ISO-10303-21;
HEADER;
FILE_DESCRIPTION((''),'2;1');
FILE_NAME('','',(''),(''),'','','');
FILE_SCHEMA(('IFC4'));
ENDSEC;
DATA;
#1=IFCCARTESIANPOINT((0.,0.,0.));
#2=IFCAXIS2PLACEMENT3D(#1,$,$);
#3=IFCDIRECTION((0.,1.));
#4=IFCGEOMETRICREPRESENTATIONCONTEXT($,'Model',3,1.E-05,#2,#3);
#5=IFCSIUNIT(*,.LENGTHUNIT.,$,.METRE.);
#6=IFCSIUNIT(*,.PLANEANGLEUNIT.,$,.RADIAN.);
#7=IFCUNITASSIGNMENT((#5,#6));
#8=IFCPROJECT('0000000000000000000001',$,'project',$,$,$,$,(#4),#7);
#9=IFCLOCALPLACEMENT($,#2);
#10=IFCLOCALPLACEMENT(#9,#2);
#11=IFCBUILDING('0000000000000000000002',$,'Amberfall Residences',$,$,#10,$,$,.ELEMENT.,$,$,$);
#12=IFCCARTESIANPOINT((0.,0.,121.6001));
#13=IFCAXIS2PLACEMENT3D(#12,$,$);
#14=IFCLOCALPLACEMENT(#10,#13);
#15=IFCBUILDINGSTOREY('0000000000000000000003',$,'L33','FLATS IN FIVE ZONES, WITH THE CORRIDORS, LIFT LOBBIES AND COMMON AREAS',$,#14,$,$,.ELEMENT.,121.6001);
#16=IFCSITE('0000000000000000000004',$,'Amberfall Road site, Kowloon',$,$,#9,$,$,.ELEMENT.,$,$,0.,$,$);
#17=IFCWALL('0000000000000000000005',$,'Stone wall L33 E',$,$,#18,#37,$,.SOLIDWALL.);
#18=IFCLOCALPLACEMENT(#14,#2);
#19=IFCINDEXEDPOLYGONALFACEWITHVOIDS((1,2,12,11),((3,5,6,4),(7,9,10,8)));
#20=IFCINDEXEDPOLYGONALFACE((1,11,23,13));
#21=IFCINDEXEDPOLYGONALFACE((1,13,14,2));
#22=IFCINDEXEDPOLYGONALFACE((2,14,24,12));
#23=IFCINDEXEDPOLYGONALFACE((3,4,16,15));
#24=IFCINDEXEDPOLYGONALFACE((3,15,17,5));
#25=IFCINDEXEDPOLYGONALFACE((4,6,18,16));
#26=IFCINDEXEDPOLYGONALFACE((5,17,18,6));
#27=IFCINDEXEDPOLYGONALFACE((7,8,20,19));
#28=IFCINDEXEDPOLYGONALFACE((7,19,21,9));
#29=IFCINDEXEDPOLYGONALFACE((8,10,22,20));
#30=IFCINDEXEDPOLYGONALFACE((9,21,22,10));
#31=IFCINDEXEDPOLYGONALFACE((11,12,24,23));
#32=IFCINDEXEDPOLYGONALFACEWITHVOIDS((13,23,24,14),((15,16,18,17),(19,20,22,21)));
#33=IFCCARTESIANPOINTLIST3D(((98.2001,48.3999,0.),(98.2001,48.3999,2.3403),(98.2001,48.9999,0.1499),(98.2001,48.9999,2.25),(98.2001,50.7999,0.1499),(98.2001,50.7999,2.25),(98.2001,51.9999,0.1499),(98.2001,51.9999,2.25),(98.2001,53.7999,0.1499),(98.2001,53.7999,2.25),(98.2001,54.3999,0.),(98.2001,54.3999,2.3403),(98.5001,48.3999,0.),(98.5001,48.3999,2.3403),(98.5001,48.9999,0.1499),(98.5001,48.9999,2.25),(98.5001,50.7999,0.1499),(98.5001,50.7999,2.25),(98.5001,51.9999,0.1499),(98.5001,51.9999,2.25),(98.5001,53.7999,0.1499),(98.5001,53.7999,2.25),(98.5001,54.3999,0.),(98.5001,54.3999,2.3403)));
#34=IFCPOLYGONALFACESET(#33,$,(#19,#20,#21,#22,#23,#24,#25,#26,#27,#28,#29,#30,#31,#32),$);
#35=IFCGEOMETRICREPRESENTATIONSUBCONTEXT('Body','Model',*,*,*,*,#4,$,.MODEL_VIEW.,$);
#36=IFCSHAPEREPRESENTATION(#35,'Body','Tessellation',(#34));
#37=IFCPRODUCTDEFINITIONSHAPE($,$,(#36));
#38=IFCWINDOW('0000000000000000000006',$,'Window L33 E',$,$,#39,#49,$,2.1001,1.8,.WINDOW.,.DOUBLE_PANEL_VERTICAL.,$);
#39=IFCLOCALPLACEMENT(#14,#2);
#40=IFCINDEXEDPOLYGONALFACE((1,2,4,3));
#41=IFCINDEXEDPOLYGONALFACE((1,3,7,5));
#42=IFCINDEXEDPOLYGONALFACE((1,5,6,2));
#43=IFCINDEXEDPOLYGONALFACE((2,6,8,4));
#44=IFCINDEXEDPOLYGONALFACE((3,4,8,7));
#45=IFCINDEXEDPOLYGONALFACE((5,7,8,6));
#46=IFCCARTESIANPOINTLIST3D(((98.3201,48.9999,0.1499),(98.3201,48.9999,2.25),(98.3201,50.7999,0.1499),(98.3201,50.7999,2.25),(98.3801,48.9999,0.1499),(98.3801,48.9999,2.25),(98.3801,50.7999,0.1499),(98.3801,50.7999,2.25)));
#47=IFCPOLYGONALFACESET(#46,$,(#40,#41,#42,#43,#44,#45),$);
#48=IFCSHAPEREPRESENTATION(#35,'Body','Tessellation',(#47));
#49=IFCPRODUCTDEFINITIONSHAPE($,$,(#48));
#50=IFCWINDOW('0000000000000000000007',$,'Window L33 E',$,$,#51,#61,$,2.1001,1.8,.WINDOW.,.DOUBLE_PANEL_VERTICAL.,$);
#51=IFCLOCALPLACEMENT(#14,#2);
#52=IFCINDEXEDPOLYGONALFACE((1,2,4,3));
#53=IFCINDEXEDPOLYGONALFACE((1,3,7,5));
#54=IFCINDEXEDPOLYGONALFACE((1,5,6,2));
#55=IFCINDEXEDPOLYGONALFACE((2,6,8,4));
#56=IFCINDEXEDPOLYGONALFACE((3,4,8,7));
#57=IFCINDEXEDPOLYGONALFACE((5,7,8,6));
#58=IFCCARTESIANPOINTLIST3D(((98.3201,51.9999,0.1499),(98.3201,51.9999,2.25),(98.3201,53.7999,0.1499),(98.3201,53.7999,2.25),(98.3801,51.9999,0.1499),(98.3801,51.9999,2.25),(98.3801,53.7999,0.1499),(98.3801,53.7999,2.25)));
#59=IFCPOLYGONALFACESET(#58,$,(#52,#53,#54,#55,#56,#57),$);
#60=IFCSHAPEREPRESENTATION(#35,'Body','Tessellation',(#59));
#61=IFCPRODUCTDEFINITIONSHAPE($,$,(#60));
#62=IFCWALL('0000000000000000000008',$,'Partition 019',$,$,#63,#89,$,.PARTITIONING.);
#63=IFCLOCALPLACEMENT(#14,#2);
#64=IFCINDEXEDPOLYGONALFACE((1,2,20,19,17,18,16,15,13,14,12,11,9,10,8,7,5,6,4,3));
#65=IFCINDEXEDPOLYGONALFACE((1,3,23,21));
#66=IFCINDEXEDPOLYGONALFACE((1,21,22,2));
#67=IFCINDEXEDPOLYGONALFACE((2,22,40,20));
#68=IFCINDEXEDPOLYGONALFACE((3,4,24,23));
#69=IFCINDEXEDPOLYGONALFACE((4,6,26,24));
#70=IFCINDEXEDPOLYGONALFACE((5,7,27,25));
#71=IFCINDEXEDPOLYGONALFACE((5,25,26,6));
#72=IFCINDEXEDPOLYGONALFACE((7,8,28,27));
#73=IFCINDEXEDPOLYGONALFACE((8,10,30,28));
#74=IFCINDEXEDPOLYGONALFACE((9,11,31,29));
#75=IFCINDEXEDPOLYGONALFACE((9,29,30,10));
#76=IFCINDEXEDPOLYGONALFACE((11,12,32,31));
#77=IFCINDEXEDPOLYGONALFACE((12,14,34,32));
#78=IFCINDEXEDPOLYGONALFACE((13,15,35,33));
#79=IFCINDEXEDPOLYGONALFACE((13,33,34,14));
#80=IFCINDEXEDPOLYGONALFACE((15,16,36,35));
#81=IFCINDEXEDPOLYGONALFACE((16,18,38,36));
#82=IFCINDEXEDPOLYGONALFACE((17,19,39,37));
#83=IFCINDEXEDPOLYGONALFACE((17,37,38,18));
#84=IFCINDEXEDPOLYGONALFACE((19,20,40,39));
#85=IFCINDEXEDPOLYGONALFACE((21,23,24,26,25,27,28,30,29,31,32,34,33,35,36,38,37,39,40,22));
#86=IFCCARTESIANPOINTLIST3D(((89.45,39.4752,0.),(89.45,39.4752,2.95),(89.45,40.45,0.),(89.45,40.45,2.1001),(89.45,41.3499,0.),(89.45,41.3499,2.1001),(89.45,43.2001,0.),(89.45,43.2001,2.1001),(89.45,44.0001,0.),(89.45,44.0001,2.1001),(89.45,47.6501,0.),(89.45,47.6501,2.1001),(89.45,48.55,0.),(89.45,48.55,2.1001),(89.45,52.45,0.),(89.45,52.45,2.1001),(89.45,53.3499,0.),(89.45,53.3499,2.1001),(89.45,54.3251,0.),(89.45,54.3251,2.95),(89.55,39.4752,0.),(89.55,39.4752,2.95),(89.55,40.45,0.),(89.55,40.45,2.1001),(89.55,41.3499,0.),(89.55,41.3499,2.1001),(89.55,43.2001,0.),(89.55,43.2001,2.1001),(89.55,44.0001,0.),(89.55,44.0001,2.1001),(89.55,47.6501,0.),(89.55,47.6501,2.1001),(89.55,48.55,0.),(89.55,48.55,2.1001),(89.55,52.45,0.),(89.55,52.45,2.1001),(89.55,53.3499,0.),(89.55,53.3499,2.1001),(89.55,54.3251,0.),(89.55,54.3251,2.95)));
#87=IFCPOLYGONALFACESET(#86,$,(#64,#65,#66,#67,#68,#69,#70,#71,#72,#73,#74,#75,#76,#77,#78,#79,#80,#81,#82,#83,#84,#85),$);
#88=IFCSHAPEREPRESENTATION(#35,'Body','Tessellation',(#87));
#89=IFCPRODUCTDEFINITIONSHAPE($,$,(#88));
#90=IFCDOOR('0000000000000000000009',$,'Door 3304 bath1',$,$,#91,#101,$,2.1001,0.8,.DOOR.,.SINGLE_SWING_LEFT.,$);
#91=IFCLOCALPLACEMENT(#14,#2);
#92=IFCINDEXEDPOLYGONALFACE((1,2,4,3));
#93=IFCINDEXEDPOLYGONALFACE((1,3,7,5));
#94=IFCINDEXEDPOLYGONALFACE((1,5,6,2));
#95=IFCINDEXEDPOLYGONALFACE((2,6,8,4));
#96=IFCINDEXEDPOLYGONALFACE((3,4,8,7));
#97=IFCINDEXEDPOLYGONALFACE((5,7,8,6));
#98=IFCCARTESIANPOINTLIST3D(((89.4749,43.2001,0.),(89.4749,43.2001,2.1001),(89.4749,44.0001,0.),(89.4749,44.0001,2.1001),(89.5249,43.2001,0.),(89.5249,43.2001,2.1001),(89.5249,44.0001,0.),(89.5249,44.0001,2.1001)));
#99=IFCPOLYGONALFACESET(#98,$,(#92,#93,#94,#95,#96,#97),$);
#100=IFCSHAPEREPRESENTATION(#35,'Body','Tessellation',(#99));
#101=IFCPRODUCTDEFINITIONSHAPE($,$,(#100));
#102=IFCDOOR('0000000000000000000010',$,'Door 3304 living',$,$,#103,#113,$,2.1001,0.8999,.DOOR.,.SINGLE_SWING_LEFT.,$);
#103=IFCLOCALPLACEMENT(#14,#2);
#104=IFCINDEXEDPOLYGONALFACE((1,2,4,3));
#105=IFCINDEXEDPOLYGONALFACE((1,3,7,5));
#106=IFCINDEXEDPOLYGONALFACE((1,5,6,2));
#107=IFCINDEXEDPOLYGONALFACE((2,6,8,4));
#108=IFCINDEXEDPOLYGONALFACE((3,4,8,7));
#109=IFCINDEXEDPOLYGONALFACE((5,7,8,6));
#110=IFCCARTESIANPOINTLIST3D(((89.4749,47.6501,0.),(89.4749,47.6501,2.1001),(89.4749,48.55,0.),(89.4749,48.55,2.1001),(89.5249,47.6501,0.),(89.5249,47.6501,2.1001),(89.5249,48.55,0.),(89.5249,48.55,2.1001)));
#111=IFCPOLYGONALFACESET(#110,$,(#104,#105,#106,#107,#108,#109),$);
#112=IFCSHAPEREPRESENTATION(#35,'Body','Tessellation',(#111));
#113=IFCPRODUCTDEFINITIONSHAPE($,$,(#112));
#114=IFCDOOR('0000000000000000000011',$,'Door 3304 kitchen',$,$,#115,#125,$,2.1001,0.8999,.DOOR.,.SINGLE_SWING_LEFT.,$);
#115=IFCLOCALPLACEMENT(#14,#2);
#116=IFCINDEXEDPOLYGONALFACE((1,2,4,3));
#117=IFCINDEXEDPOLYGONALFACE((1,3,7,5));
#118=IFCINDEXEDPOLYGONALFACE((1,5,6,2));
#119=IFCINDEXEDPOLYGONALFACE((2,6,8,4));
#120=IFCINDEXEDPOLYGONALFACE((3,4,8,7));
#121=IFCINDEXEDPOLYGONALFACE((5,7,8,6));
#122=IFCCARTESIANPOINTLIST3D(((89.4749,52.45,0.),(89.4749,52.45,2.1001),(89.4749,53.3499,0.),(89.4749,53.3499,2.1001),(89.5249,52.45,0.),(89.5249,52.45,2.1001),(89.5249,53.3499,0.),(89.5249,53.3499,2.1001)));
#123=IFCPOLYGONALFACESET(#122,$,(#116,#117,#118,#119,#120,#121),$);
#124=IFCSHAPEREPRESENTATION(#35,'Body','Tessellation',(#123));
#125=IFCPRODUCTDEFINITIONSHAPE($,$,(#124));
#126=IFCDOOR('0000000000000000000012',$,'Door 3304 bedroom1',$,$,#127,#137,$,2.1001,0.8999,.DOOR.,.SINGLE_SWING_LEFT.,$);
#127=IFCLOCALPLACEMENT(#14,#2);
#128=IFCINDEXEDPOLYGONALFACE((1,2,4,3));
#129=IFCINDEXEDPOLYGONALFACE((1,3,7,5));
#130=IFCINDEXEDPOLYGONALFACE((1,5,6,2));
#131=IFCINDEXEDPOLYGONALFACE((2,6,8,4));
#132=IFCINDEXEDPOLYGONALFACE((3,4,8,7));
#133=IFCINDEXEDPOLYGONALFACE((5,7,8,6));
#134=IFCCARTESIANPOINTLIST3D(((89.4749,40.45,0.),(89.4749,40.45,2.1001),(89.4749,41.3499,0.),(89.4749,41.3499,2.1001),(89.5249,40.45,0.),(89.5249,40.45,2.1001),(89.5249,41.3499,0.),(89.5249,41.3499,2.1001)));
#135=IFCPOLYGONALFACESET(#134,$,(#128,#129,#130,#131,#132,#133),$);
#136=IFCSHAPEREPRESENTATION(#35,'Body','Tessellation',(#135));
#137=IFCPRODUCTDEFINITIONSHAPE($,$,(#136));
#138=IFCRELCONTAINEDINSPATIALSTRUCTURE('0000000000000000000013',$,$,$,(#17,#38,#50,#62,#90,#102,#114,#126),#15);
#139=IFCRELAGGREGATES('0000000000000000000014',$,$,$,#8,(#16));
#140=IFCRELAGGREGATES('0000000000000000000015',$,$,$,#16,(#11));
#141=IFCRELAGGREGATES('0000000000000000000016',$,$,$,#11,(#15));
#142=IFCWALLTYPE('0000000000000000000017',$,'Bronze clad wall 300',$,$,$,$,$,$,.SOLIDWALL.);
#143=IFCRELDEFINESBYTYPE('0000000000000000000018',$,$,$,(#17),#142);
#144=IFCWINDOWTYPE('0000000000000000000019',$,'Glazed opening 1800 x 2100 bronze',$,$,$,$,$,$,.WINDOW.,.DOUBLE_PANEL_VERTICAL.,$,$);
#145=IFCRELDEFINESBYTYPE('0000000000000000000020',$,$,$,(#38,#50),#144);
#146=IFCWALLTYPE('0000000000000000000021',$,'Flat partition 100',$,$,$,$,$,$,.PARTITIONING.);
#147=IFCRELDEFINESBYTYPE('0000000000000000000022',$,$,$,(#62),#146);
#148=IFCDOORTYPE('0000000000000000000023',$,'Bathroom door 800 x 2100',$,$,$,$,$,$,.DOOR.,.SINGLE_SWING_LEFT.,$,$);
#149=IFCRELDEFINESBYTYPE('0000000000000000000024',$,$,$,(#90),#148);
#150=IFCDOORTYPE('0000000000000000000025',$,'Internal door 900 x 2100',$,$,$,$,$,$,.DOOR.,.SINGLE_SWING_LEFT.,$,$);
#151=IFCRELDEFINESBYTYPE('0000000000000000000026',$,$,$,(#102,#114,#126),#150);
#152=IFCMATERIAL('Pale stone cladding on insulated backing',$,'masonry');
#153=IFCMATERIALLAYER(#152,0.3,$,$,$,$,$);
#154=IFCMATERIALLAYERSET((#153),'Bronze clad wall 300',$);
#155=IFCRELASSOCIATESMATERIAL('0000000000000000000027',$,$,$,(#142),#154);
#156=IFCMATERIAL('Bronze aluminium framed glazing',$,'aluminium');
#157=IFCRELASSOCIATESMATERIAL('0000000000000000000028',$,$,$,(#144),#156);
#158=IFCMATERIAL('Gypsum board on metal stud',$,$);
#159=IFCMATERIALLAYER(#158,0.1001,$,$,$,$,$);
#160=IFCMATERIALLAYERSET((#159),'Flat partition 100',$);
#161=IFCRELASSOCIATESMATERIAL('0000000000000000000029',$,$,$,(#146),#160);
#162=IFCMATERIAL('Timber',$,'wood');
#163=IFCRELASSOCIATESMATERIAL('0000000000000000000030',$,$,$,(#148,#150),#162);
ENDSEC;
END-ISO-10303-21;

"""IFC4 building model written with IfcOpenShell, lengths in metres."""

from ifc_helpers import new_model, si_unit, direction, frame, frame_2d, origin, place, context, subcontext, project, spatial, rectangle, extrude, material, layer, layer_set, type_object, element, fill, save


model = new_model("IFC4")

# Units and contexts
model_context = context("Model", 3, precision=1e-05, world=origin(), true_north=direction((0.0, 1.0)))
body_context = subcontext(model_context, "Body", "Model", "MODEL_VIEW")
ifc_project = project(units=[si_unit("LENGTHUNIT", "METRE"), si_unit("PLANEANGLEUNIT", "RADIAN")], contexts=[model_context])

# Site, building, storey
site_placement = place(None, origin())
site = spatial("IfcSite", under=ifc_project, at=site_placement, Name="Amberfall Road site, Kowloon", CompositionType="ELEMENT", RefElevation=0.0)
building_placement = place(site_placement, origin())
building = spatial("IfcBuilding", under=site, at=building_placement, Name="Amberfall Residences", CompositionType="ELEMENT")
storey_placement = place(building_placement, frame((0.0, 0.0, 121.6001)))
storey = spatial("IfcBuildingStorey", under=building, at=storey_placement, Name="L33", Description="FLATS IN FIVE ZONES, WITH THE CORRIDORS, LIFT LOBBIES AND COMMON AREAS", CompositionType="ELEMENT", Elevation=121.6001)

# Shared definitions
ifc_material_1 = material(Name="Pale stone cladding on insulated backing", Category="masonry")
ifc_layer_1 = layer(ifc_material_1, 0.3)
ifc_layer_set_1 = layer_set([ifc_layer_1], Name="Bronze clad wall 300")
wall_type_1 = type_object("IfcWallType", Name="Bronze clad wall 300", PredefinedType="SOLIDWALL", material=ifc_layer_set_1)

# Wall, openings, windows
wall_1_placement = place(storey_placement, frame((98.3501, 48.3999, 0.0), z_axis=(0.0, 0.0, 1.0), x_axis=(0.0, 1.0, 0.0)))
wall_1 = element("IfcWall", 1, at=wall_1_placement, inside=storey, type_object=wall_type_1, Name="Stone wall L33 E", PredefinedType="SOLIDWALL", context=body_context, shape_type="SweptSolid", body=[
    extrude(rectangle(XDim=6.0, YDim=0.3, at=frame_2d((3.0, 0.0))), origin(), (0.0, 0.0, 1.0), 2.3403),
])
opening_1_placement = place(wall_1_placement, frame((0.6001, 0.0, 0.1499)))
opening_1 = element("IfcOpeningElement", 2, at=opening_1_placement, cuts=wall_1, PredefinedType="OPENING", context=body_context, shape_type="SweptSolid", body=[
    extrude(rectangle(XDim=1.8, YDim=2.1001, at=frame_2d((0.8999, 1.05))), frame((0.0, 0.1599, 0.0), z_axis=(0.0, -1.0, 0.0), x_axis=(1.0, 0.0, 0.0)), (0.0, 0.0, 1.0), 0.3201),
])
opening_2_placement = place(wall_1_placement, frame((3.6001, 0.0, 0.1499)))
opening_2 = element("IfcOpeningElement", 3, at=opening_2_placement, cuts=wall_1, PredefinedType="OPENING", context=body_context, shape_type="SweptSolid", body=[
    extrude(rectangle(XDim=1.8, YDim=2.1001, at=frame_2d((0.8999, 1.05))), frame((0.0, 0.1599, 0.0), z_axis=(0.0, -1.0, 0.0), x_axis=(1.0, 0.0, 0.0)), (0.0, 0.0, 1.0), 0.3201),
])
ifc_material_2 = material(Name="Bronze aluminium framed glazing", Category="aluminium")
window_type = type_object("IfcWindowType", Name="Glazed opening 1800 x 2100 bronze", PartitioningType="DOUBLE_PANEL_VERTICAL", PredefinedType="WINDOW", material=ifc_material_2)
window_1_placement = place(opening_1_placement, origin())
window_1 = element("IfcWindow", 4, at=window_1_placement, inside=storey, type_object=window_type, Name="Window L33 E", OverallHeight=2.1001, OverallWidth=1.8, PartitioningType="DOUBLE_PANEL_VERTICAL", PredefinedType="WINDOW", context=body_context, shape_type="SweptSolid", body=[
    extrude(rectangle(XDim=1.8, YDim=2.1001, at=frame_2d((0.8999, 1.05))), frame((0.0, 0.03, 0.0), z_axis=(0.0, -1.0, 0.0), x_axis=(1.0, 0.0, 0.0)), (0.0, 0.0, 1.0), 0.0601),
])
fill(opening_1, window_1)
window_2_placement = place(opening_2_placement, origin())
window_2 = element("IfcWindow", 5, at=window_2_placement, inside=storey, type_object=window_type, Name="Window L33 E", OverallHeight=2.1001, OverallWidth=1.8, PartitioningType="DOUBLE_PANEL_VERTICAL", PredefinedType="WINDOW", context=body_context, shape_type="SweptSolid", body=[
    extrude(rectangle(XDim=1.8, YDim=2.1001, at=frame_2d((0.8999, 1.05))), frame((0.0, 0.03, 0.0), z_axis=(0.0, -1.0, 0.0), x_axis=(1.0, 0.0, 0.0)), (0.0, 0.0, 1.0), 0.0601),
])
fill(opening_2, window_2)

# Wall, openings, doors
ifc_material_3 = material(Name="Gypsum board on metal stud")
ifc_layer_2 = layer(ifc_material_3, 0.1001)
ifc_layer_set_2 = layer_set([ifc_layer_2], Name="Flat partition 100")
wall_type_2 = type_object("IfcWallType", Name="Flat partition 100", PredefinedType="PARTITIONING", material=ifc_layer_set_2)
wall_2_placement = place(storey_placement, frame((89.5, 54.325, 0.0), z_axis=(0.0, 0.0, 1.0), x_axis=(0.0, -1.0, 0.0)))
wall_2 = element("IfcWall", 6, at=wall_2_placement, inside=storey, type_object=wall_type_2, Name="Partition 019", PredefinedType="PARTITIONING", context=body_context, shape_type="SweptSolid", body=[
    extrude(rectangle(XDim=14.8499, YDim=0.1001, at=frame_2d((7.4248, 0.0))), origin(), (0.0, 0.0, 1.0), 2.95),
])
opening_3_placement = place(wall_2_placement, frame((5.7749, 0.0, 0.0)))
opening_3 = element("IfcOpeningElement", 7, at=opening_3_placement, cuts=wall_2, PredefinedType="OPENING", context=body_context, shape_type="SweptSolid", body=[
    extrude(rectangle(XDim=0.8999, YDim=2.1001, at=frame_2d((0.45, 1.05))), frame((0.0, 0.0601, 0.0), z_axis=(0.0, -1.0, 0.0), x_axis=(1.0, 0.0, 0.0)), (0.0, 0.0, 1.0), 0.1201),
])
opening_4_placement = place(wall_2_placement, frame((0.9751, 0.0, 0.0)))
opening_4 = element("IfcOpeningElement", 8, at=opening_4_placement, cuts=wall_2, PredefinedType="OPENING", context=body_context, shape_type="SweptSolid", body=[
    extrude(rectangle(XDim=0.8999, YDim=2.1001, at=frame_2d((0.45, 1.05))), frame((0.0, 0.0601, 0.0), z_axis=(0.0, -1.0, 0.0), x_axis=(1.0, 0.0, 0.0)), (0.0, 0.0, 1.0), 0.1201),
])
opening_5_placement = place(wall_2_placement, frame((12.9751, 0.0, 0.0)))
opening_5 = element("IfcOpeningElement", 9, at=opening_5_placement, cuts=wall_2, PredefinedType="OPENING", context=body_context, shape_type="SweptSolid", body=[
    extrude(rectangle(XDim=0.8999, YDim=2.1001, at=frame_2d((0.45, 1.05))), frame((0.0, 0.0601, 0.0), z_axis=(0.0, -1.0, 0.0), x_axis=(1.0, 0.0, 0.0)), (0.0, 0.0, 1.0), 0.1201),
])
opening_6_placement = place(wall_2_placement, frame((10.325, 0.0, 0.0)))
opening_6 = element("IfcOpeningElement", 10, at=opening_6_placement, cuts=wall_2, PredefinedType="OPENING", context=body_context, shape_type="SweptSolid", body=[
    extrude(rectangle(XDim=0.8, YDim=2.1001, at=frame_2d((0.3999, 1.05))), frame((0.0, 0.0601, 0.0), z_axis=(0.0, -1.0, 0.0), x_axis=(1.0, 0.0, 0.0)), (0.0, 0.0, 1.0), 0.1201),
])
ifc_material_4 = material(Name="Timber", Category="wood")
door_type_1 = type_object("IfcDoorType", Name="Bathroom door 800 x 2100", OperationType="SINGLE_SWING_LEFT", PredefinedType="DOOR", material=ifc_material_4)
door_1_placement = place(opening_6_placement, origin())
door_1 = element("IfcDoor", 11, at=door_1_placement, inside=storey, type_object=door_type_1, Name="Door 3304 bath1", OperationType="SINGLE_SWING_LEFT", OverallHeight=2.1001, OverallWidth=0.8, PredefinedType="DOOR", context=body_context, shape_type="SweptSolid", body=[
    extrude(rectangle(XDim=0.8, YDim=2.1001, at=frame_2d((0.3999, 1.05))), frame((0.0, 0.0249, 0.0), z_axis=(0.0, -1.0, 0.0), x_axis=(1.0, 0.0, 0.0)), (0.0, 0.0, 1.0), 0.05),
])
fill(opening_6, door_1)
door_type_2 = type_object("IfcDoorType", Name="Internal door 900 x 2100", OperationType="SINGLE_SWING_LEFT", PredefinedType="DOOR", material=ifc_material_4)
door_2_placement = place(opening_3_placement, origin())
door_2 = element("IfcDoor", 12, at=door_2_placement, inside=storey, type_object=door_type_2, Name="Door 3304 living", OperationType="SINGLE_SWING_LEFT", OverallHeight=2.1001, OverallWidth=0.8999, PredefinedType="DOOR", context=body_context, shape_type="SweptSolid", body=[
    extrude(rectangle(XDim=0.8999, YDim=2.1001, at=frame_2d((0.45, 1.05))), frame((0.0, 0.0249, 0.0), z_axis=(0.0, -1.0, 0.0), x_axis=(1.0, 0.0, 0.0)), (0.0, 0.0, 1.0), 0.05),
])
fill(opening_3, door_2)
door_3_placement = place(opening_4_placement, origin())
door_3 = element("IfcDoor", 13, at=door_3_placement, inside=storey, type_object=door_type_2, Name="Door 3304 kitchen", OperationType="SINGLE_SWING_LEFT", OverallHeight=2.1001, OverallWidth=0.8999, PredefinedType="DOOR", context=body_context, shape_type="SweptSolid", body=[
    extrude(rectangle(XDim=0.8999, YDim=2.1001, at=frame_2d((0.45, 1.05))), frame((0.0, 0.0249, 0.0), z_axis=(0.0, -1.0, 0.0), x_axis=(1.0, 0.0, 0.0)), (0.0, 0.0, 1.0), 0.05),
])
fill(opening_4, door_3)
door_4_placement = place(opening_5_placement, origin())
door_4 = element("IfcDoor", 14, at=door_4_placement, inside=storey, type_object=door_type_2, Name="Door 3304 bedroom1", OperationType="SINGLE_SWING_LEFT", OverallHeight=2.1001, OverallWidth=0.8999, PredefinedType="DOOR", context=body_context, shape_type="SweptSolid", body=[
    extrude(rectangle(XDim=0.8999, YDim=2.1001, at=frame_2d((0.45, 1.05))), frame((0.0, 0.0249, 0.0), z_axis=(0.0, -1.0, 0.0), x_axis=(1.0, 0.0, 0.0)), (0.0, 0.0, 1.0), 0.05),
])
fill(opening_5, door_4)

save(model, "model.ifc")
